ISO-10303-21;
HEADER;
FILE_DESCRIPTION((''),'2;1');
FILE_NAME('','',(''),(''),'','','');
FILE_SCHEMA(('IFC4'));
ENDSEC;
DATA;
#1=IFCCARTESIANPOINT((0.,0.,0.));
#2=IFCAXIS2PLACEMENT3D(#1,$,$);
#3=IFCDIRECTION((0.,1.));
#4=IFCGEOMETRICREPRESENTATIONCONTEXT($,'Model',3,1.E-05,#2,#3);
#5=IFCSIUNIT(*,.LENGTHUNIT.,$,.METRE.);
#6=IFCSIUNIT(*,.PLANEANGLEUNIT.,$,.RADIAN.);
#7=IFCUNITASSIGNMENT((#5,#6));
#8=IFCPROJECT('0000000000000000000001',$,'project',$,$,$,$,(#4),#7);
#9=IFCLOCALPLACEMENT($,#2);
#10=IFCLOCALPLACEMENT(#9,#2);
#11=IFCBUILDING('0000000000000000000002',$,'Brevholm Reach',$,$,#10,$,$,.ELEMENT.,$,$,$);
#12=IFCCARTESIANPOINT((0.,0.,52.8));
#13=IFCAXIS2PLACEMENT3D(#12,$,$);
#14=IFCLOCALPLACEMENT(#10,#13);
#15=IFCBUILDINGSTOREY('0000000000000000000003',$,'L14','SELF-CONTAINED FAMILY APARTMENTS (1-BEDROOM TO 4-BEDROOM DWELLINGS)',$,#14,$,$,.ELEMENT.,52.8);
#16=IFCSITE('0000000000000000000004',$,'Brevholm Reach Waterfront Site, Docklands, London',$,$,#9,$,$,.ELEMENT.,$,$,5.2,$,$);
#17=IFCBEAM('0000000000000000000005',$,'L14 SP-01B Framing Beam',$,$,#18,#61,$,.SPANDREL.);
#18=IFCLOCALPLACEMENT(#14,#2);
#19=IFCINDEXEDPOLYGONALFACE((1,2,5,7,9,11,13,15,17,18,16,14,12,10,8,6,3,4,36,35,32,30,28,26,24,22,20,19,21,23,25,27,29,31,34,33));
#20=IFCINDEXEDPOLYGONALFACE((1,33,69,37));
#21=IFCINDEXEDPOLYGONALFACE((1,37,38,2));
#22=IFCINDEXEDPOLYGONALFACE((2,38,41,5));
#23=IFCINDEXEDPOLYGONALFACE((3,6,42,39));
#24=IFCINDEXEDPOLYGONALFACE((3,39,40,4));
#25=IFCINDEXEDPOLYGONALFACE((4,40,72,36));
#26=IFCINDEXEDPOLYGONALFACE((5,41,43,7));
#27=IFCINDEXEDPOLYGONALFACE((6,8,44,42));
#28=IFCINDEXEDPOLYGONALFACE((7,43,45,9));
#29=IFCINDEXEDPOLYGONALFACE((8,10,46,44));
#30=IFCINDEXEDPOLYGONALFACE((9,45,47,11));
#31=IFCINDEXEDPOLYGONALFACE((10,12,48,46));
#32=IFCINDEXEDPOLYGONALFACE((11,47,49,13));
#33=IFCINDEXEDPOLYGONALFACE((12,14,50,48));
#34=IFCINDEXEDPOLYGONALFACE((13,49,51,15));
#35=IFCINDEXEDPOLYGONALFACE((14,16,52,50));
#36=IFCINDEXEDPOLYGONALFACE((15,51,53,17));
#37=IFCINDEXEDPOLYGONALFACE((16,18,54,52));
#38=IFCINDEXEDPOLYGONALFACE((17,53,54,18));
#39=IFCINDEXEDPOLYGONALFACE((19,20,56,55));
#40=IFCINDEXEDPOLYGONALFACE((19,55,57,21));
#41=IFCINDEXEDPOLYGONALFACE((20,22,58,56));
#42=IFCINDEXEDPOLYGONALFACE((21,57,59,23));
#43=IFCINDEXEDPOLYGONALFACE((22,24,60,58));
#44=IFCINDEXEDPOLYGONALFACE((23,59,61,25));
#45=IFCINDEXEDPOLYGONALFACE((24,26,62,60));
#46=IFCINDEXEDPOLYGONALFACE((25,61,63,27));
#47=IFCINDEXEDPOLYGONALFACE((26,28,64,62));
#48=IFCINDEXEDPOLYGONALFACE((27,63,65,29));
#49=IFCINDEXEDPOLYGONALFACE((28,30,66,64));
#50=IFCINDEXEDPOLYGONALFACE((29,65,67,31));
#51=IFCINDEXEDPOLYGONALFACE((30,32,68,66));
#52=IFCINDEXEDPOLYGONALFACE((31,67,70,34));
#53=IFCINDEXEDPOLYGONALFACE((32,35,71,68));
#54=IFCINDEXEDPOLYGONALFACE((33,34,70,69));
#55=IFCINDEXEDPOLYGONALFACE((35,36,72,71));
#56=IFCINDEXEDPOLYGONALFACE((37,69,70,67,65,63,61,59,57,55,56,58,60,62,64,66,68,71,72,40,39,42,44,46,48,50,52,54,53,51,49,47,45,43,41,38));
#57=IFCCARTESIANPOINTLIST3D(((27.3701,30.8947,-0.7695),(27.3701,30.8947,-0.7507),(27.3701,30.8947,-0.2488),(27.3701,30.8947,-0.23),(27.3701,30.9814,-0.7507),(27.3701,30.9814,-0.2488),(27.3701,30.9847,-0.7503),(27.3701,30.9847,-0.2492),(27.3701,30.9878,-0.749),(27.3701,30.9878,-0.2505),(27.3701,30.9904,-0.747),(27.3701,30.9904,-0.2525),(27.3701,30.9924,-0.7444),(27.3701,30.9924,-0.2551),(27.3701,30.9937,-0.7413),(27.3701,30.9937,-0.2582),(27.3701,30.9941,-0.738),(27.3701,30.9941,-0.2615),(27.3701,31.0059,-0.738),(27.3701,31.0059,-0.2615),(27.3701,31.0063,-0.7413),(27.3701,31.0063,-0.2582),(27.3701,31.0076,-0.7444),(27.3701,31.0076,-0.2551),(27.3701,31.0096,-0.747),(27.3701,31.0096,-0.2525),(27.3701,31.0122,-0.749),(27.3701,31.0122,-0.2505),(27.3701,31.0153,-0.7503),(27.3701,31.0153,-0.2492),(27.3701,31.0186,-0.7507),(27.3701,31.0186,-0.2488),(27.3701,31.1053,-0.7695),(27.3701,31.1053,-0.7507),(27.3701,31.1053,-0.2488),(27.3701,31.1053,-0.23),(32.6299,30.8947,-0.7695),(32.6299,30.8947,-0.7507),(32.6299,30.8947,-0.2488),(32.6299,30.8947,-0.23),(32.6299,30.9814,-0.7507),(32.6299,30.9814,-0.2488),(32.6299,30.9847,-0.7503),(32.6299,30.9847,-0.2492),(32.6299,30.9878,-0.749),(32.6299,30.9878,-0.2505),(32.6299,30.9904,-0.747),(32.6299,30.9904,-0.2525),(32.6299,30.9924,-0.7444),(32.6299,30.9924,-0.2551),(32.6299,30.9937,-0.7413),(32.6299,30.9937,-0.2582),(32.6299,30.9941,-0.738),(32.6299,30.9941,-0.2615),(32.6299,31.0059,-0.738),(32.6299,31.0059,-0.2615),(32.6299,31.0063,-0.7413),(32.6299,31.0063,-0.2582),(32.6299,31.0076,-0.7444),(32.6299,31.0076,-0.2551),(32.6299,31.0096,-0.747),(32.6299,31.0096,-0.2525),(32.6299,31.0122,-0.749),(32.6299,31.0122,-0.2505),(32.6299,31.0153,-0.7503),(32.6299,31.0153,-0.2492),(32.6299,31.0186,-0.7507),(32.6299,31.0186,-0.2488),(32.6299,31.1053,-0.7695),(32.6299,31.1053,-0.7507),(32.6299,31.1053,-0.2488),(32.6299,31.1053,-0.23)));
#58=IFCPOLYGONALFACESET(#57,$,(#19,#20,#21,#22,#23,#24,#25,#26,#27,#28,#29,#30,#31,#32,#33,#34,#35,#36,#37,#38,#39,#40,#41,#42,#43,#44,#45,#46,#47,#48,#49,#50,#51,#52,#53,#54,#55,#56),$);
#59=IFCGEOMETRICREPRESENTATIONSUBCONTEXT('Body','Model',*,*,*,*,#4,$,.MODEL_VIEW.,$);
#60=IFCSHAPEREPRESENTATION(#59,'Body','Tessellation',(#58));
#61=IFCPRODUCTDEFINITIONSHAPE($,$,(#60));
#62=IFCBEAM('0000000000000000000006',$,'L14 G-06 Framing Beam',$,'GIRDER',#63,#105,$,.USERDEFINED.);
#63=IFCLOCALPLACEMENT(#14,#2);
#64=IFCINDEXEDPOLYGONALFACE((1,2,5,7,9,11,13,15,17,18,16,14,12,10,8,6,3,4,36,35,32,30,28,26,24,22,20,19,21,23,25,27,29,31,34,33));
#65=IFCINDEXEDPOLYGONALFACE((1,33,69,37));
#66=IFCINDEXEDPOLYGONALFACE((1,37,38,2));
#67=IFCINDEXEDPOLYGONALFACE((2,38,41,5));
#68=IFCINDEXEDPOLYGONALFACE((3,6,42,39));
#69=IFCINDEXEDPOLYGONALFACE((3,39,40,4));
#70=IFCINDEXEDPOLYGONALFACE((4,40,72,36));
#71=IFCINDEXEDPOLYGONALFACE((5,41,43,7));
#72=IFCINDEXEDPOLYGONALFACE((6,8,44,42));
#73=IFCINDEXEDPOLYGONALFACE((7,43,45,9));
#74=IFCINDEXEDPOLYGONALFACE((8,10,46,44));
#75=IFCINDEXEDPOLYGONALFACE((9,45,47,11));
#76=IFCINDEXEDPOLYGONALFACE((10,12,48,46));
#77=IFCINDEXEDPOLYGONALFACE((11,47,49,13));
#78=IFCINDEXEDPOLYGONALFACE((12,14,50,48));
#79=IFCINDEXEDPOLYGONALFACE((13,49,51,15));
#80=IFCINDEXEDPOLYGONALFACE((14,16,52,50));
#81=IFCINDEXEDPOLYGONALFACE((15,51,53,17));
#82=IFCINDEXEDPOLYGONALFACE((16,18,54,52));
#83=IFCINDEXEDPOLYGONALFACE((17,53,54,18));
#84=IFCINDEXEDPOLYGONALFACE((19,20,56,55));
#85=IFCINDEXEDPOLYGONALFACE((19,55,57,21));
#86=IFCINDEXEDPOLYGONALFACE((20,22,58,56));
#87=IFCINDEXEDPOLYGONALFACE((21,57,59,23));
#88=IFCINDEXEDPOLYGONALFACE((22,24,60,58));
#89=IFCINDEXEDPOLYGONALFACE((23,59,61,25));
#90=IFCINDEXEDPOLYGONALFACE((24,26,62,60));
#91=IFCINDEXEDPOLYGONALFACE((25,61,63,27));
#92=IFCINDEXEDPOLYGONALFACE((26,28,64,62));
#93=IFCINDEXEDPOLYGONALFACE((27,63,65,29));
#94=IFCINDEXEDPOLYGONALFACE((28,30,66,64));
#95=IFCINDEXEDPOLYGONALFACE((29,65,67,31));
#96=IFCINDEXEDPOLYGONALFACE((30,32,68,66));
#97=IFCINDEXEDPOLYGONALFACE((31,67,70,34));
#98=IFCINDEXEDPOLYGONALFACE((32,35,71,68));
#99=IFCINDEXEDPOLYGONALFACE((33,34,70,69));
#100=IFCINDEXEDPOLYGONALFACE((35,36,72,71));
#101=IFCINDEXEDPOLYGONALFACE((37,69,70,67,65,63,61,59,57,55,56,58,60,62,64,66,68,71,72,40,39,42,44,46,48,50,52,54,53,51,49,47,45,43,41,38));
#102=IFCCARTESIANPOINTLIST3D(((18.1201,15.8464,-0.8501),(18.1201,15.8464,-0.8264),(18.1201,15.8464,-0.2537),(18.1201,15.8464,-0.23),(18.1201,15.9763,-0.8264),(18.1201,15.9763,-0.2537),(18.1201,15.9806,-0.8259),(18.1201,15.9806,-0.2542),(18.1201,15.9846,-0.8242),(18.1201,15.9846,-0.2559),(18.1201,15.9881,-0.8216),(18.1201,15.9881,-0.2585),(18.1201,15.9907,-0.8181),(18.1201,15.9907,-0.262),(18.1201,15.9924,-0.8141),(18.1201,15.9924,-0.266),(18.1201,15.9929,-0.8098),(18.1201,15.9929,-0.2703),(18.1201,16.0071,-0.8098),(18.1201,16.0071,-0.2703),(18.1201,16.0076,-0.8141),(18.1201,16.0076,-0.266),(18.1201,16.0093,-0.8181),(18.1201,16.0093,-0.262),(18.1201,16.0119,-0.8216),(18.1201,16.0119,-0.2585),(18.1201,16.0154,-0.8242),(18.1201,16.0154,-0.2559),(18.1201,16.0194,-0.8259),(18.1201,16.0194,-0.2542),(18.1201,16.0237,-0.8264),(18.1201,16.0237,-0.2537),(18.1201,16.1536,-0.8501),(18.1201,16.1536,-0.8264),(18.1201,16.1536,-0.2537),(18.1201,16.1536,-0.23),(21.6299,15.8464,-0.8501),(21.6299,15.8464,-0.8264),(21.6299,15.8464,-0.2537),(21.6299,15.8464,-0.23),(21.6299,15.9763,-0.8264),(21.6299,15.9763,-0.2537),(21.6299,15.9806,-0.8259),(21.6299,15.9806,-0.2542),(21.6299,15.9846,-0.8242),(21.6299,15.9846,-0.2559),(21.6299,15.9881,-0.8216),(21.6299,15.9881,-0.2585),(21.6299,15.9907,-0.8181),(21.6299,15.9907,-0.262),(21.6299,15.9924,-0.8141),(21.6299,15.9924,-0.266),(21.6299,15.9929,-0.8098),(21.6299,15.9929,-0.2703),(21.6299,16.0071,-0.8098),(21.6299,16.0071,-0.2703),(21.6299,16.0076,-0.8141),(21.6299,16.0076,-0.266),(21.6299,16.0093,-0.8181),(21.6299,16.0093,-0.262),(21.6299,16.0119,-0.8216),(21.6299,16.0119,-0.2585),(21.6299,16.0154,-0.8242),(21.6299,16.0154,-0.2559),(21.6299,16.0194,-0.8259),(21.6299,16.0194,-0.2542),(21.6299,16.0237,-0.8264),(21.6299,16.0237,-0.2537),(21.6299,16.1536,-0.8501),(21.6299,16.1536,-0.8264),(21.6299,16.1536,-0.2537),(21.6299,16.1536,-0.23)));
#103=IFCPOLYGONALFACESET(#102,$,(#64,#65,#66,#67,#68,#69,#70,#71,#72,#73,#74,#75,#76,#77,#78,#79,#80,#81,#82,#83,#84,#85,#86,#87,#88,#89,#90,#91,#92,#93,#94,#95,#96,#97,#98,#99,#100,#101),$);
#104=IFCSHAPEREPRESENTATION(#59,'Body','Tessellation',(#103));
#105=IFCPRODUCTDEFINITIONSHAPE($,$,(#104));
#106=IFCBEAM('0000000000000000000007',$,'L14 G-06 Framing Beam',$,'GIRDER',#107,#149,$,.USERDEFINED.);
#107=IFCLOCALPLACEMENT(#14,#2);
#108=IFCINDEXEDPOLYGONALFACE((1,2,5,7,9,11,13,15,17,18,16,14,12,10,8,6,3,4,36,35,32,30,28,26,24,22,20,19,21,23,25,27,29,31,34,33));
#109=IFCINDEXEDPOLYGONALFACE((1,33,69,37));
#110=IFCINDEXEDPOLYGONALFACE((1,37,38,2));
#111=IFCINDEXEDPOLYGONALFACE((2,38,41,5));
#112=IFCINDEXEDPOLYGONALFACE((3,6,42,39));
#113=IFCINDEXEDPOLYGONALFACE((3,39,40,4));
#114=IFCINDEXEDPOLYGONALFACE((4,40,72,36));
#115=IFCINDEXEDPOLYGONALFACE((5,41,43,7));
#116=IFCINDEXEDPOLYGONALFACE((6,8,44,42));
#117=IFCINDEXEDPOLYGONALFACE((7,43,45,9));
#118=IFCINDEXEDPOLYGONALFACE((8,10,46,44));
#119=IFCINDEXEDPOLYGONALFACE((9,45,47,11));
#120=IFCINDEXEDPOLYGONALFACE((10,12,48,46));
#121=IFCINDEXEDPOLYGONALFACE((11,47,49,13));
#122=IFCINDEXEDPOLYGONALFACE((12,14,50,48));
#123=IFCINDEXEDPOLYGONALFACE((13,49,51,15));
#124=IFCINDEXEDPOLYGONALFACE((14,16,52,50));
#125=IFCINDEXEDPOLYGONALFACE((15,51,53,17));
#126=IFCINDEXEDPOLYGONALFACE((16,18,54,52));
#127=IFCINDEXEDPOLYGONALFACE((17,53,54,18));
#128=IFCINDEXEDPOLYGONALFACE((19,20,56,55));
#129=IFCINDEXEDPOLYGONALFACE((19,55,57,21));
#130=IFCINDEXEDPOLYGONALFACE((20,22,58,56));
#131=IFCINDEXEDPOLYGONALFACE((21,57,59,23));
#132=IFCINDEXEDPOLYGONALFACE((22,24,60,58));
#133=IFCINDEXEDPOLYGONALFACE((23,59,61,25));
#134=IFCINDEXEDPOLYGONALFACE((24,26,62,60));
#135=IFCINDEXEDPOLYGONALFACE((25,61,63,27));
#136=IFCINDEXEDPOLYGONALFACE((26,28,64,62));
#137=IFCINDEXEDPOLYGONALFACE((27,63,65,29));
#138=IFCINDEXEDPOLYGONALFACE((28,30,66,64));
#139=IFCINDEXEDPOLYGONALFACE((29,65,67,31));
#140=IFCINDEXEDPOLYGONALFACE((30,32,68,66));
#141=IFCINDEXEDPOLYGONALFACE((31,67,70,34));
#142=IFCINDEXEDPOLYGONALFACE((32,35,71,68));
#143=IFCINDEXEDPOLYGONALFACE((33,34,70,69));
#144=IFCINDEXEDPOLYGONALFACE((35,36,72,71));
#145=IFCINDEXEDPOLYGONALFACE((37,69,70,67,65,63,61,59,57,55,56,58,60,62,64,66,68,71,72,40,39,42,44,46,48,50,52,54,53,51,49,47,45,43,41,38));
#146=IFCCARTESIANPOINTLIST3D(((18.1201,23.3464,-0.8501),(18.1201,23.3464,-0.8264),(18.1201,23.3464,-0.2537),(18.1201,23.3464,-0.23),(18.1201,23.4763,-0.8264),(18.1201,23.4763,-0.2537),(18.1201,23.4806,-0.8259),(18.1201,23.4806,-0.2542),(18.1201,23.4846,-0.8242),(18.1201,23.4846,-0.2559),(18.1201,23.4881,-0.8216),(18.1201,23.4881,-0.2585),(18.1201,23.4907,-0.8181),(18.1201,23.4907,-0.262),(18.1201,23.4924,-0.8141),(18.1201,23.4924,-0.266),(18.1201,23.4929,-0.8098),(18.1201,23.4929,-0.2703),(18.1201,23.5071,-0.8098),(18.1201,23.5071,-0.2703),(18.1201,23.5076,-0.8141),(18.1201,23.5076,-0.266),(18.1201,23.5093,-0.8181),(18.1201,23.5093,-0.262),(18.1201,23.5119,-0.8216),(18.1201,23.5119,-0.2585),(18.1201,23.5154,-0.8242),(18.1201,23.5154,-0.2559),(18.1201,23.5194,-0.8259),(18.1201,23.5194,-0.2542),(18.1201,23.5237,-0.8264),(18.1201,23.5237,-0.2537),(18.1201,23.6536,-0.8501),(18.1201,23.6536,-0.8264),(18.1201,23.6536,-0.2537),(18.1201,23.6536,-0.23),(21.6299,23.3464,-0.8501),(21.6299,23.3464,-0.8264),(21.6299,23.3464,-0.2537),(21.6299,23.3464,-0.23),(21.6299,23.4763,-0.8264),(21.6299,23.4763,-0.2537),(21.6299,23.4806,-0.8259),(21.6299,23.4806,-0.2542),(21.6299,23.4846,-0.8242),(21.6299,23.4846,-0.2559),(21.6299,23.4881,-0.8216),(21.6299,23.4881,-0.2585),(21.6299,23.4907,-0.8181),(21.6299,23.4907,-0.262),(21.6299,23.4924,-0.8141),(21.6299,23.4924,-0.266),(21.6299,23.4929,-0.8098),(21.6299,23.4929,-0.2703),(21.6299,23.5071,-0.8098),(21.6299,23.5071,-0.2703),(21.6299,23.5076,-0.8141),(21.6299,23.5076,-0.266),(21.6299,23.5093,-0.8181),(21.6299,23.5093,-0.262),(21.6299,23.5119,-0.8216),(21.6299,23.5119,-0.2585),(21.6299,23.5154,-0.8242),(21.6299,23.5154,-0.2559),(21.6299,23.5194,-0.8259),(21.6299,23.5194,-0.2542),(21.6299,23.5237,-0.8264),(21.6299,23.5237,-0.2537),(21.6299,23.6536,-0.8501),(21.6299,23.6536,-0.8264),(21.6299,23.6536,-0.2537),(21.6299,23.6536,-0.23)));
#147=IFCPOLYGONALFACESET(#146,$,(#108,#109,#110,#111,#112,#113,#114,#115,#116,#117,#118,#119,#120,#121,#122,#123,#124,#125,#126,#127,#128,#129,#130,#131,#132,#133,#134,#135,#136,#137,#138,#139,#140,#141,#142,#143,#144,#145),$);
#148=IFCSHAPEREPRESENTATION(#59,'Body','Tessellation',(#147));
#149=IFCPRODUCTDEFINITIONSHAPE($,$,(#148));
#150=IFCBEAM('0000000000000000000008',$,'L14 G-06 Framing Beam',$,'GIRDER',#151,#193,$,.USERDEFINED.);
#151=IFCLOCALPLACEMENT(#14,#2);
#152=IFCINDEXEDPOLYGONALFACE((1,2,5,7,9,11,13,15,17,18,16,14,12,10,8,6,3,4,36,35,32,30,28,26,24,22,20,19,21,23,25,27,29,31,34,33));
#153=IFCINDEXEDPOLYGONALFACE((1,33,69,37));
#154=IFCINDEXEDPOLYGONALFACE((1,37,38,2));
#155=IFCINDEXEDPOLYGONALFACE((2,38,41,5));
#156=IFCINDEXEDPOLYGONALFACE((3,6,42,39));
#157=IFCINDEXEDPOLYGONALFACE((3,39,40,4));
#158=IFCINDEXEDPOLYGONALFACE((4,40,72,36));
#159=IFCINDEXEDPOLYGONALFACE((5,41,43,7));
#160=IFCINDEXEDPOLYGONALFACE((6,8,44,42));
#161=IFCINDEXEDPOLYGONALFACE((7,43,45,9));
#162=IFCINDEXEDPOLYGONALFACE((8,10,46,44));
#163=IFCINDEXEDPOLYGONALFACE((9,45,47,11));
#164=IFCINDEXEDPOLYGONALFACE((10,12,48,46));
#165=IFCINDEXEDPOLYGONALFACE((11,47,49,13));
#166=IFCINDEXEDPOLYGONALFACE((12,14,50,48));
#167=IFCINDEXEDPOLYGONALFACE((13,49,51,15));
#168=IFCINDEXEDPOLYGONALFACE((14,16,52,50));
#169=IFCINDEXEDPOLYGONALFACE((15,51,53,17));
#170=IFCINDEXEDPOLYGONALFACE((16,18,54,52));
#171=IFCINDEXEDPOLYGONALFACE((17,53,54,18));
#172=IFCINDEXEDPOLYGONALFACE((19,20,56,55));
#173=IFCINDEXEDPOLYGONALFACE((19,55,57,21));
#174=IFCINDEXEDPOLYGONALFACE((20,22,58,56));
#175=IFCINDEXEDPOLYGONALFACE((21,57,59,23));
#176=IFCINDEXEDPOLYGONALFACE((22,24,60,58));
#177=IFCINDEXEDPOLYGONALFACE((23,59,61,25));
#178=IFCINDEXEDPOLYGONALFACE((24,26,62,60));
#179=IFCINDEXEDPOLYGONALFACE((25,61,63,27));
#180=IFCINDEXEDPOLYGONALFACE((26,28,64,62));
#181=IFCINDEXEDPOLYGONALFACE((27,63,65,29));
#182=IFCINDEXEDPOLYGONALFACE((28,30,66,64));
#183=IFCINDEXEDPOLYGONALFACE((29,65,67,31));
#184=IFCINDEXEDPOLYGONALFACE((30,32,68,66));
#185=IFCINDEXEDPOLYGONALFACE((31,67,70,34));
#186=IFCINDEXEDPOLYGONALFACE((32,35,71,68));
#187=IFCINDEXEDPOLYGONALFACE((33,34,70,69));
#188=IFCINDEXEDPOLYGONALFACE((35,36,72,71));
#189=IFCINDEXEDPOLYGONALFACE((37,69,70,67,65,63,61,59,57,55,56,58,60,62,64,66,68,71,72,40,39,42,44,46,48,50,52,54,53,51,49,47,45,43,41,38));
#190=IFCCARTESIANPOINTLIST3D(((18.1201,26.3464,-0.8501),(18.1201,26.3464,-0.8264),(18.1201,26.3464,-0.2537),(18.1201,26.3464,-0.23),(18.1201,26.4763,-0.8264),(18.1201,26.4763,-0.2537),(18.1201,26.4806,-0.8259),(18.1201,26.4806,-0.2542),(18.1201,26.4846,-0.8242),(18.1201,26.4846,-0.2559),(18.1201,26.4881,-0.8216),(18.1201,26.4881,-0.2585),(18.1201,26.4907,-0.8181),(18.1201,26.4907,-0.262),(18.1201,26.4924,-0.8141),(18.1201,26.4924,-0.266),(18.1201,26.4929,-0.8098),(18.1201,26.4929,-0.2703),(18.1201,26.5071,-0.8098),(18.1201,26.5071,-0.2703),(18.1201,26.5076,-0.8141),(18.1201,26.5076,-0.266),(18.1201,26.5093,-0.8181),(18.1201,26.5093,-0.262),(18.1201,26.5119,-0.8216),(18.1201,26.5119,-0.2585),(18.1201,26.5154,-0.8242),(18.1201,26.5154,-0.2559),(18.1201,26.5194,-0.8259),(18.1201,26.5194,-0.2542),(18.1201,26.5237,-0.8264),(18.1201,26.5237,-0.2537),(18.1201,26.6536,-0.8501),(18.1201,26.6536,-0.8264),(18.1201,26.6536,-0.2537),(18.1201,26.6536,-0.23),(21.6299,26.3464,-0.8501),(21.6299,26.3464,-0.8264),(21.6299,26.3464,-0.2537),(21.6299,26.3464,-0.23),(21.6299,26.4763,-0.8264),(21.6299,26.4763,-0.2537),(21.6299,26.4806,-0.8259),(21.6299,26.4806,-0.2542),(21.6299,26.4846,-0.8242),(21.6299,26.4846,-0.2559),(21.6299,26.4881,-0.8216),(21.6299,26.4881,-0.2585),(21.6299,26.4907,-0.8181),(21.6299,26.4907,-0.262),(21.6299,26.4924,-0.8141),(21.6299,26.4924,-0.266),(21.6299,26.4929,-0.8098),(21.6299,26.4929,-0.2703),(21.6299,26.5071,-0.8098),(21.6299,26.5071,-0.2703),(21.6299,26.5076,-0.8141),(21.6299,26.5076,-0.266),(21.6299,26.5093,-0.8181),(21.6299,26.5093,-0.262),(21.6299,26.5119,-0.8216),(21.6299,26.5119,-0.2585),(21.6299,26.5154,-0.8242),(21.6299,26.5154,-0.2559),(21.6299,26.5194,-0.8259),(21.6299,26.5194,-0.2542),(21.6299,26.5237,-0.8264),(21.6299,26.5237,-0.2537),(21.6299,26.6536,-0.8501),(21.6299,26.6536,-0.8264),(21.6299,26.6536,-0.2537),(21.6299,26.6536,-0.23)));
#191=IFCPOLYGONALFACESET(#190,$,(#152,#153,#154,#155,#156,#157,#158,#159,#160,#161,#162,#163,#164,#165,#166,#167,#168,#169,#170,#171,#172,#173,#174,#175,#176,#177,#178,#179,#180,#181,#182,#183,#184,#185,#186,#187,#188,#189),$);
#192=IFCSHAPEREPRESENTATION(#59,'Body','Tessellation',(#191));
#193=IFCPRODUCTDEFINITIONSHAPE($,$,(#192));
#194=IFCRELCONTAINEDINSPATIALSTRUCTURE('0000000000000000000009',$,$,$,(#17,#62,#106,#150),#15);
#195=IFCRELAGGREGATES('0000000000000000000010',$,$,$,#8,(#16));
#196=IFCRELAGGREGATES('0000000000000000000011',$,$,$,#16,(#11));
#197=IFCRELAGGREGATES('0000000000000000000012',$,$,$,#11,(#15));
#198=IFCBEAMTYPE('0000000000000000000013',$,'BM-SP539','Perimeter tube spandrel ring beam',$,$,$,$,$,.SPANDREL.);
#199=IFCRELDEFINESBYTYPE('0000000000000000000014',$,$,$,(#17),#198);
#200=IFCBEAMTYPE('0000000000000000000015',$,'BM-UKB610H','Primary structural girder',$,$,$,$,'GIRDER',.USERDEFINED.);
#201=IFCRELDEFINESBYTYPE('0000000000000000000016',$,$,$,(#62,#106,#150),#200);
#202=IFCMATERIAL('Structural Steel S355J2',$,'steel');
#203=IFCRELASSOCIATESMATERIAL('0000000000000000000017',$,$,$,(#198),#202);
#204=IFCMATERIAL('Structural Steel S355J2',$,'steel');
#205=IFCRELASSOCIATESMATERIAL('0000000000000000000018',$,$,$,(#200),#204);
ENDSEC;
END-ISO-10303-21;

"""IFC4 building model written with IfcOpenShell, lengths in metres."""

from ifc_helpers import new_model, si_unit, direction, frame, origin, origin_2d, place, context, subcontext, project, spatial, i_section, extrude, material, material_profile, profile_set, type_object, element, save


model = new_model("IFC4")

# Units and contexts
model_context = context("Model", 3, precision=1e-05, world=origin(), true_north=direction((0.0, 1.0)))
body_context = subcontext(model_context, "Body", "Model", "MODEL_VIEW")
ifc_project = project(units=[si_unit("LENGTHUNIT", "METRE"), si_unit("PLANEANGLEUNIT", "RADIAN")], contexts=[model_context])

# Site, building, storey
site_placement = place(None, origin())
site = spatial("IfcSite", under=ifc_project, at=site_placement, Name="Brevholm Reach Waterfront Site, Docklands, London", CompositionType="ELEMENT", RefElevation=5.2)
building_placement = place(site_placement, origin())
building = spatial("IfcBuilding", under=site, at=building_placement, Name="Brevholm Reach", CompositionType="ELEMENT")
storey_placement = place(building_placement, frame((0.0, 0.0, 52.8)))
storey = spatial("IfcBuildingStorey", under=building, at=storey_placement, Name="L14", Description="SELF-CONTAINED FAMILY APARTMENTS (1-BEDROOM TO 4-BEDROOM DWELLINGS)", CompositionType="ELEMENT", Elevation=52.8)

# Beams
ifc_material_1 = material(Name="Structural Steel S355J2", Category="steel")
ifc_material_profile_1 = material_profile(ifc_material_1, i_section(OverallWidth=0.2107, OverallDepth=0.5396, WebThickness=0.0117, FlangeThickness=0.0188, FilletRadius=0.0127, at=origin_2d()), Name="UKB 533x210x109")
ifc_profile_set_1 = profile_set([ifc_material_profile_1], Name="Structural Steel S355J2")
beam_type_1 = type_object("IfcBeamType", Name="BM-SP539", Description="Perimeter tube spandrel ring beam", PredefinedType="SPANDREL", material=ifc_profile_set_1)
for number, where, z_axis, x_axis, name in (
    (1, (27.3701, 31.0, -0.4998), (1.0, 0.0, 0.0), (0.0, 1.0, 0.0), "L14 SP-01B Framing Beam"),
):
    element("IfcBeam", number, at=place(storey_placement, frame(where, z_axis=z_axis, x_axis=x_axis)), inside=storey, type_object=beam_type_1, Name=name, PredefinedType="SPANDREL", context=body_context, shape_type="SweptSolid", body=[
        extrude(i_section(OverallWidth=0.2107, OverallDepth=0.5396, WebThickness=0.0117, FlangeThickness=0.0188, FilletRadius=0.0127, at=origin_2d()), origin(), (0.0, 0.0, 1.0), 5.2598),
    ])
ifc_material_2 = material(Name="Structural Steel S355J2", Category="steel")
ifc_material_profile_2 = material_profile(ifc_material_2, i_section(OverallWidth=0.3071, OverallDepth=0.6201, WebThickness=0.0142, FlangeThickness=0.0237, FilletRadius=0.0166, at=origin_2d()), Name="UKB 610x305x179")
ifc_profile_set_2 = profile_set([ifc_material_profile_2], Name="Structural Steel S355J2")
beam_type_2 = type_object("IfcBeamType", Name="BM-UKB610H", Description="Primary structural girder", ElementType="GIRDER", PredefinedType="USERDEFINED", material=ifc_profile_set_2)
for number, where, z_axis, x_axis, name in (
    (2, (18.1201, 16.0, -0.54), (1.0, 0.0, 0.0), (0.0, 1.0, 0.0), "L14 G-06 Framing Beam"),
    (3, (18.1201, 23.5, -0.54), (1.0, 0.0, 0.0), (0.0, 1.0, 0.0), "L14 G-06 Framing Beam"),
    (4, (18.1201, 26.5, -0.54), (1.0, 0.0, 0.0), (0.0, 1.0, 0.0), "L14 G-06 Framing Beam"),
):
    element("IfcBeam", number, at=place(storey_placement, frame(where, z_axis=z_axis, x_axis=x_axis)), inside=storey, type_object=beam_type_2, Name=name, ObjectType="GIRDER", PredefinedType="USERDEFINED", context=body_context, shape_type="SweptSolid", body=[
        extrude(i_section(OverallWidth=0.3071, OverallDepth=0.6201, WebThickness=0.0142, FlangeThickness=0.0237, FilletRadius=0.0166, at=origin_2d()), origin(), (0.0, 0.0, 1.0), 3.5098),
    ])

save(model, "model.ifc")
